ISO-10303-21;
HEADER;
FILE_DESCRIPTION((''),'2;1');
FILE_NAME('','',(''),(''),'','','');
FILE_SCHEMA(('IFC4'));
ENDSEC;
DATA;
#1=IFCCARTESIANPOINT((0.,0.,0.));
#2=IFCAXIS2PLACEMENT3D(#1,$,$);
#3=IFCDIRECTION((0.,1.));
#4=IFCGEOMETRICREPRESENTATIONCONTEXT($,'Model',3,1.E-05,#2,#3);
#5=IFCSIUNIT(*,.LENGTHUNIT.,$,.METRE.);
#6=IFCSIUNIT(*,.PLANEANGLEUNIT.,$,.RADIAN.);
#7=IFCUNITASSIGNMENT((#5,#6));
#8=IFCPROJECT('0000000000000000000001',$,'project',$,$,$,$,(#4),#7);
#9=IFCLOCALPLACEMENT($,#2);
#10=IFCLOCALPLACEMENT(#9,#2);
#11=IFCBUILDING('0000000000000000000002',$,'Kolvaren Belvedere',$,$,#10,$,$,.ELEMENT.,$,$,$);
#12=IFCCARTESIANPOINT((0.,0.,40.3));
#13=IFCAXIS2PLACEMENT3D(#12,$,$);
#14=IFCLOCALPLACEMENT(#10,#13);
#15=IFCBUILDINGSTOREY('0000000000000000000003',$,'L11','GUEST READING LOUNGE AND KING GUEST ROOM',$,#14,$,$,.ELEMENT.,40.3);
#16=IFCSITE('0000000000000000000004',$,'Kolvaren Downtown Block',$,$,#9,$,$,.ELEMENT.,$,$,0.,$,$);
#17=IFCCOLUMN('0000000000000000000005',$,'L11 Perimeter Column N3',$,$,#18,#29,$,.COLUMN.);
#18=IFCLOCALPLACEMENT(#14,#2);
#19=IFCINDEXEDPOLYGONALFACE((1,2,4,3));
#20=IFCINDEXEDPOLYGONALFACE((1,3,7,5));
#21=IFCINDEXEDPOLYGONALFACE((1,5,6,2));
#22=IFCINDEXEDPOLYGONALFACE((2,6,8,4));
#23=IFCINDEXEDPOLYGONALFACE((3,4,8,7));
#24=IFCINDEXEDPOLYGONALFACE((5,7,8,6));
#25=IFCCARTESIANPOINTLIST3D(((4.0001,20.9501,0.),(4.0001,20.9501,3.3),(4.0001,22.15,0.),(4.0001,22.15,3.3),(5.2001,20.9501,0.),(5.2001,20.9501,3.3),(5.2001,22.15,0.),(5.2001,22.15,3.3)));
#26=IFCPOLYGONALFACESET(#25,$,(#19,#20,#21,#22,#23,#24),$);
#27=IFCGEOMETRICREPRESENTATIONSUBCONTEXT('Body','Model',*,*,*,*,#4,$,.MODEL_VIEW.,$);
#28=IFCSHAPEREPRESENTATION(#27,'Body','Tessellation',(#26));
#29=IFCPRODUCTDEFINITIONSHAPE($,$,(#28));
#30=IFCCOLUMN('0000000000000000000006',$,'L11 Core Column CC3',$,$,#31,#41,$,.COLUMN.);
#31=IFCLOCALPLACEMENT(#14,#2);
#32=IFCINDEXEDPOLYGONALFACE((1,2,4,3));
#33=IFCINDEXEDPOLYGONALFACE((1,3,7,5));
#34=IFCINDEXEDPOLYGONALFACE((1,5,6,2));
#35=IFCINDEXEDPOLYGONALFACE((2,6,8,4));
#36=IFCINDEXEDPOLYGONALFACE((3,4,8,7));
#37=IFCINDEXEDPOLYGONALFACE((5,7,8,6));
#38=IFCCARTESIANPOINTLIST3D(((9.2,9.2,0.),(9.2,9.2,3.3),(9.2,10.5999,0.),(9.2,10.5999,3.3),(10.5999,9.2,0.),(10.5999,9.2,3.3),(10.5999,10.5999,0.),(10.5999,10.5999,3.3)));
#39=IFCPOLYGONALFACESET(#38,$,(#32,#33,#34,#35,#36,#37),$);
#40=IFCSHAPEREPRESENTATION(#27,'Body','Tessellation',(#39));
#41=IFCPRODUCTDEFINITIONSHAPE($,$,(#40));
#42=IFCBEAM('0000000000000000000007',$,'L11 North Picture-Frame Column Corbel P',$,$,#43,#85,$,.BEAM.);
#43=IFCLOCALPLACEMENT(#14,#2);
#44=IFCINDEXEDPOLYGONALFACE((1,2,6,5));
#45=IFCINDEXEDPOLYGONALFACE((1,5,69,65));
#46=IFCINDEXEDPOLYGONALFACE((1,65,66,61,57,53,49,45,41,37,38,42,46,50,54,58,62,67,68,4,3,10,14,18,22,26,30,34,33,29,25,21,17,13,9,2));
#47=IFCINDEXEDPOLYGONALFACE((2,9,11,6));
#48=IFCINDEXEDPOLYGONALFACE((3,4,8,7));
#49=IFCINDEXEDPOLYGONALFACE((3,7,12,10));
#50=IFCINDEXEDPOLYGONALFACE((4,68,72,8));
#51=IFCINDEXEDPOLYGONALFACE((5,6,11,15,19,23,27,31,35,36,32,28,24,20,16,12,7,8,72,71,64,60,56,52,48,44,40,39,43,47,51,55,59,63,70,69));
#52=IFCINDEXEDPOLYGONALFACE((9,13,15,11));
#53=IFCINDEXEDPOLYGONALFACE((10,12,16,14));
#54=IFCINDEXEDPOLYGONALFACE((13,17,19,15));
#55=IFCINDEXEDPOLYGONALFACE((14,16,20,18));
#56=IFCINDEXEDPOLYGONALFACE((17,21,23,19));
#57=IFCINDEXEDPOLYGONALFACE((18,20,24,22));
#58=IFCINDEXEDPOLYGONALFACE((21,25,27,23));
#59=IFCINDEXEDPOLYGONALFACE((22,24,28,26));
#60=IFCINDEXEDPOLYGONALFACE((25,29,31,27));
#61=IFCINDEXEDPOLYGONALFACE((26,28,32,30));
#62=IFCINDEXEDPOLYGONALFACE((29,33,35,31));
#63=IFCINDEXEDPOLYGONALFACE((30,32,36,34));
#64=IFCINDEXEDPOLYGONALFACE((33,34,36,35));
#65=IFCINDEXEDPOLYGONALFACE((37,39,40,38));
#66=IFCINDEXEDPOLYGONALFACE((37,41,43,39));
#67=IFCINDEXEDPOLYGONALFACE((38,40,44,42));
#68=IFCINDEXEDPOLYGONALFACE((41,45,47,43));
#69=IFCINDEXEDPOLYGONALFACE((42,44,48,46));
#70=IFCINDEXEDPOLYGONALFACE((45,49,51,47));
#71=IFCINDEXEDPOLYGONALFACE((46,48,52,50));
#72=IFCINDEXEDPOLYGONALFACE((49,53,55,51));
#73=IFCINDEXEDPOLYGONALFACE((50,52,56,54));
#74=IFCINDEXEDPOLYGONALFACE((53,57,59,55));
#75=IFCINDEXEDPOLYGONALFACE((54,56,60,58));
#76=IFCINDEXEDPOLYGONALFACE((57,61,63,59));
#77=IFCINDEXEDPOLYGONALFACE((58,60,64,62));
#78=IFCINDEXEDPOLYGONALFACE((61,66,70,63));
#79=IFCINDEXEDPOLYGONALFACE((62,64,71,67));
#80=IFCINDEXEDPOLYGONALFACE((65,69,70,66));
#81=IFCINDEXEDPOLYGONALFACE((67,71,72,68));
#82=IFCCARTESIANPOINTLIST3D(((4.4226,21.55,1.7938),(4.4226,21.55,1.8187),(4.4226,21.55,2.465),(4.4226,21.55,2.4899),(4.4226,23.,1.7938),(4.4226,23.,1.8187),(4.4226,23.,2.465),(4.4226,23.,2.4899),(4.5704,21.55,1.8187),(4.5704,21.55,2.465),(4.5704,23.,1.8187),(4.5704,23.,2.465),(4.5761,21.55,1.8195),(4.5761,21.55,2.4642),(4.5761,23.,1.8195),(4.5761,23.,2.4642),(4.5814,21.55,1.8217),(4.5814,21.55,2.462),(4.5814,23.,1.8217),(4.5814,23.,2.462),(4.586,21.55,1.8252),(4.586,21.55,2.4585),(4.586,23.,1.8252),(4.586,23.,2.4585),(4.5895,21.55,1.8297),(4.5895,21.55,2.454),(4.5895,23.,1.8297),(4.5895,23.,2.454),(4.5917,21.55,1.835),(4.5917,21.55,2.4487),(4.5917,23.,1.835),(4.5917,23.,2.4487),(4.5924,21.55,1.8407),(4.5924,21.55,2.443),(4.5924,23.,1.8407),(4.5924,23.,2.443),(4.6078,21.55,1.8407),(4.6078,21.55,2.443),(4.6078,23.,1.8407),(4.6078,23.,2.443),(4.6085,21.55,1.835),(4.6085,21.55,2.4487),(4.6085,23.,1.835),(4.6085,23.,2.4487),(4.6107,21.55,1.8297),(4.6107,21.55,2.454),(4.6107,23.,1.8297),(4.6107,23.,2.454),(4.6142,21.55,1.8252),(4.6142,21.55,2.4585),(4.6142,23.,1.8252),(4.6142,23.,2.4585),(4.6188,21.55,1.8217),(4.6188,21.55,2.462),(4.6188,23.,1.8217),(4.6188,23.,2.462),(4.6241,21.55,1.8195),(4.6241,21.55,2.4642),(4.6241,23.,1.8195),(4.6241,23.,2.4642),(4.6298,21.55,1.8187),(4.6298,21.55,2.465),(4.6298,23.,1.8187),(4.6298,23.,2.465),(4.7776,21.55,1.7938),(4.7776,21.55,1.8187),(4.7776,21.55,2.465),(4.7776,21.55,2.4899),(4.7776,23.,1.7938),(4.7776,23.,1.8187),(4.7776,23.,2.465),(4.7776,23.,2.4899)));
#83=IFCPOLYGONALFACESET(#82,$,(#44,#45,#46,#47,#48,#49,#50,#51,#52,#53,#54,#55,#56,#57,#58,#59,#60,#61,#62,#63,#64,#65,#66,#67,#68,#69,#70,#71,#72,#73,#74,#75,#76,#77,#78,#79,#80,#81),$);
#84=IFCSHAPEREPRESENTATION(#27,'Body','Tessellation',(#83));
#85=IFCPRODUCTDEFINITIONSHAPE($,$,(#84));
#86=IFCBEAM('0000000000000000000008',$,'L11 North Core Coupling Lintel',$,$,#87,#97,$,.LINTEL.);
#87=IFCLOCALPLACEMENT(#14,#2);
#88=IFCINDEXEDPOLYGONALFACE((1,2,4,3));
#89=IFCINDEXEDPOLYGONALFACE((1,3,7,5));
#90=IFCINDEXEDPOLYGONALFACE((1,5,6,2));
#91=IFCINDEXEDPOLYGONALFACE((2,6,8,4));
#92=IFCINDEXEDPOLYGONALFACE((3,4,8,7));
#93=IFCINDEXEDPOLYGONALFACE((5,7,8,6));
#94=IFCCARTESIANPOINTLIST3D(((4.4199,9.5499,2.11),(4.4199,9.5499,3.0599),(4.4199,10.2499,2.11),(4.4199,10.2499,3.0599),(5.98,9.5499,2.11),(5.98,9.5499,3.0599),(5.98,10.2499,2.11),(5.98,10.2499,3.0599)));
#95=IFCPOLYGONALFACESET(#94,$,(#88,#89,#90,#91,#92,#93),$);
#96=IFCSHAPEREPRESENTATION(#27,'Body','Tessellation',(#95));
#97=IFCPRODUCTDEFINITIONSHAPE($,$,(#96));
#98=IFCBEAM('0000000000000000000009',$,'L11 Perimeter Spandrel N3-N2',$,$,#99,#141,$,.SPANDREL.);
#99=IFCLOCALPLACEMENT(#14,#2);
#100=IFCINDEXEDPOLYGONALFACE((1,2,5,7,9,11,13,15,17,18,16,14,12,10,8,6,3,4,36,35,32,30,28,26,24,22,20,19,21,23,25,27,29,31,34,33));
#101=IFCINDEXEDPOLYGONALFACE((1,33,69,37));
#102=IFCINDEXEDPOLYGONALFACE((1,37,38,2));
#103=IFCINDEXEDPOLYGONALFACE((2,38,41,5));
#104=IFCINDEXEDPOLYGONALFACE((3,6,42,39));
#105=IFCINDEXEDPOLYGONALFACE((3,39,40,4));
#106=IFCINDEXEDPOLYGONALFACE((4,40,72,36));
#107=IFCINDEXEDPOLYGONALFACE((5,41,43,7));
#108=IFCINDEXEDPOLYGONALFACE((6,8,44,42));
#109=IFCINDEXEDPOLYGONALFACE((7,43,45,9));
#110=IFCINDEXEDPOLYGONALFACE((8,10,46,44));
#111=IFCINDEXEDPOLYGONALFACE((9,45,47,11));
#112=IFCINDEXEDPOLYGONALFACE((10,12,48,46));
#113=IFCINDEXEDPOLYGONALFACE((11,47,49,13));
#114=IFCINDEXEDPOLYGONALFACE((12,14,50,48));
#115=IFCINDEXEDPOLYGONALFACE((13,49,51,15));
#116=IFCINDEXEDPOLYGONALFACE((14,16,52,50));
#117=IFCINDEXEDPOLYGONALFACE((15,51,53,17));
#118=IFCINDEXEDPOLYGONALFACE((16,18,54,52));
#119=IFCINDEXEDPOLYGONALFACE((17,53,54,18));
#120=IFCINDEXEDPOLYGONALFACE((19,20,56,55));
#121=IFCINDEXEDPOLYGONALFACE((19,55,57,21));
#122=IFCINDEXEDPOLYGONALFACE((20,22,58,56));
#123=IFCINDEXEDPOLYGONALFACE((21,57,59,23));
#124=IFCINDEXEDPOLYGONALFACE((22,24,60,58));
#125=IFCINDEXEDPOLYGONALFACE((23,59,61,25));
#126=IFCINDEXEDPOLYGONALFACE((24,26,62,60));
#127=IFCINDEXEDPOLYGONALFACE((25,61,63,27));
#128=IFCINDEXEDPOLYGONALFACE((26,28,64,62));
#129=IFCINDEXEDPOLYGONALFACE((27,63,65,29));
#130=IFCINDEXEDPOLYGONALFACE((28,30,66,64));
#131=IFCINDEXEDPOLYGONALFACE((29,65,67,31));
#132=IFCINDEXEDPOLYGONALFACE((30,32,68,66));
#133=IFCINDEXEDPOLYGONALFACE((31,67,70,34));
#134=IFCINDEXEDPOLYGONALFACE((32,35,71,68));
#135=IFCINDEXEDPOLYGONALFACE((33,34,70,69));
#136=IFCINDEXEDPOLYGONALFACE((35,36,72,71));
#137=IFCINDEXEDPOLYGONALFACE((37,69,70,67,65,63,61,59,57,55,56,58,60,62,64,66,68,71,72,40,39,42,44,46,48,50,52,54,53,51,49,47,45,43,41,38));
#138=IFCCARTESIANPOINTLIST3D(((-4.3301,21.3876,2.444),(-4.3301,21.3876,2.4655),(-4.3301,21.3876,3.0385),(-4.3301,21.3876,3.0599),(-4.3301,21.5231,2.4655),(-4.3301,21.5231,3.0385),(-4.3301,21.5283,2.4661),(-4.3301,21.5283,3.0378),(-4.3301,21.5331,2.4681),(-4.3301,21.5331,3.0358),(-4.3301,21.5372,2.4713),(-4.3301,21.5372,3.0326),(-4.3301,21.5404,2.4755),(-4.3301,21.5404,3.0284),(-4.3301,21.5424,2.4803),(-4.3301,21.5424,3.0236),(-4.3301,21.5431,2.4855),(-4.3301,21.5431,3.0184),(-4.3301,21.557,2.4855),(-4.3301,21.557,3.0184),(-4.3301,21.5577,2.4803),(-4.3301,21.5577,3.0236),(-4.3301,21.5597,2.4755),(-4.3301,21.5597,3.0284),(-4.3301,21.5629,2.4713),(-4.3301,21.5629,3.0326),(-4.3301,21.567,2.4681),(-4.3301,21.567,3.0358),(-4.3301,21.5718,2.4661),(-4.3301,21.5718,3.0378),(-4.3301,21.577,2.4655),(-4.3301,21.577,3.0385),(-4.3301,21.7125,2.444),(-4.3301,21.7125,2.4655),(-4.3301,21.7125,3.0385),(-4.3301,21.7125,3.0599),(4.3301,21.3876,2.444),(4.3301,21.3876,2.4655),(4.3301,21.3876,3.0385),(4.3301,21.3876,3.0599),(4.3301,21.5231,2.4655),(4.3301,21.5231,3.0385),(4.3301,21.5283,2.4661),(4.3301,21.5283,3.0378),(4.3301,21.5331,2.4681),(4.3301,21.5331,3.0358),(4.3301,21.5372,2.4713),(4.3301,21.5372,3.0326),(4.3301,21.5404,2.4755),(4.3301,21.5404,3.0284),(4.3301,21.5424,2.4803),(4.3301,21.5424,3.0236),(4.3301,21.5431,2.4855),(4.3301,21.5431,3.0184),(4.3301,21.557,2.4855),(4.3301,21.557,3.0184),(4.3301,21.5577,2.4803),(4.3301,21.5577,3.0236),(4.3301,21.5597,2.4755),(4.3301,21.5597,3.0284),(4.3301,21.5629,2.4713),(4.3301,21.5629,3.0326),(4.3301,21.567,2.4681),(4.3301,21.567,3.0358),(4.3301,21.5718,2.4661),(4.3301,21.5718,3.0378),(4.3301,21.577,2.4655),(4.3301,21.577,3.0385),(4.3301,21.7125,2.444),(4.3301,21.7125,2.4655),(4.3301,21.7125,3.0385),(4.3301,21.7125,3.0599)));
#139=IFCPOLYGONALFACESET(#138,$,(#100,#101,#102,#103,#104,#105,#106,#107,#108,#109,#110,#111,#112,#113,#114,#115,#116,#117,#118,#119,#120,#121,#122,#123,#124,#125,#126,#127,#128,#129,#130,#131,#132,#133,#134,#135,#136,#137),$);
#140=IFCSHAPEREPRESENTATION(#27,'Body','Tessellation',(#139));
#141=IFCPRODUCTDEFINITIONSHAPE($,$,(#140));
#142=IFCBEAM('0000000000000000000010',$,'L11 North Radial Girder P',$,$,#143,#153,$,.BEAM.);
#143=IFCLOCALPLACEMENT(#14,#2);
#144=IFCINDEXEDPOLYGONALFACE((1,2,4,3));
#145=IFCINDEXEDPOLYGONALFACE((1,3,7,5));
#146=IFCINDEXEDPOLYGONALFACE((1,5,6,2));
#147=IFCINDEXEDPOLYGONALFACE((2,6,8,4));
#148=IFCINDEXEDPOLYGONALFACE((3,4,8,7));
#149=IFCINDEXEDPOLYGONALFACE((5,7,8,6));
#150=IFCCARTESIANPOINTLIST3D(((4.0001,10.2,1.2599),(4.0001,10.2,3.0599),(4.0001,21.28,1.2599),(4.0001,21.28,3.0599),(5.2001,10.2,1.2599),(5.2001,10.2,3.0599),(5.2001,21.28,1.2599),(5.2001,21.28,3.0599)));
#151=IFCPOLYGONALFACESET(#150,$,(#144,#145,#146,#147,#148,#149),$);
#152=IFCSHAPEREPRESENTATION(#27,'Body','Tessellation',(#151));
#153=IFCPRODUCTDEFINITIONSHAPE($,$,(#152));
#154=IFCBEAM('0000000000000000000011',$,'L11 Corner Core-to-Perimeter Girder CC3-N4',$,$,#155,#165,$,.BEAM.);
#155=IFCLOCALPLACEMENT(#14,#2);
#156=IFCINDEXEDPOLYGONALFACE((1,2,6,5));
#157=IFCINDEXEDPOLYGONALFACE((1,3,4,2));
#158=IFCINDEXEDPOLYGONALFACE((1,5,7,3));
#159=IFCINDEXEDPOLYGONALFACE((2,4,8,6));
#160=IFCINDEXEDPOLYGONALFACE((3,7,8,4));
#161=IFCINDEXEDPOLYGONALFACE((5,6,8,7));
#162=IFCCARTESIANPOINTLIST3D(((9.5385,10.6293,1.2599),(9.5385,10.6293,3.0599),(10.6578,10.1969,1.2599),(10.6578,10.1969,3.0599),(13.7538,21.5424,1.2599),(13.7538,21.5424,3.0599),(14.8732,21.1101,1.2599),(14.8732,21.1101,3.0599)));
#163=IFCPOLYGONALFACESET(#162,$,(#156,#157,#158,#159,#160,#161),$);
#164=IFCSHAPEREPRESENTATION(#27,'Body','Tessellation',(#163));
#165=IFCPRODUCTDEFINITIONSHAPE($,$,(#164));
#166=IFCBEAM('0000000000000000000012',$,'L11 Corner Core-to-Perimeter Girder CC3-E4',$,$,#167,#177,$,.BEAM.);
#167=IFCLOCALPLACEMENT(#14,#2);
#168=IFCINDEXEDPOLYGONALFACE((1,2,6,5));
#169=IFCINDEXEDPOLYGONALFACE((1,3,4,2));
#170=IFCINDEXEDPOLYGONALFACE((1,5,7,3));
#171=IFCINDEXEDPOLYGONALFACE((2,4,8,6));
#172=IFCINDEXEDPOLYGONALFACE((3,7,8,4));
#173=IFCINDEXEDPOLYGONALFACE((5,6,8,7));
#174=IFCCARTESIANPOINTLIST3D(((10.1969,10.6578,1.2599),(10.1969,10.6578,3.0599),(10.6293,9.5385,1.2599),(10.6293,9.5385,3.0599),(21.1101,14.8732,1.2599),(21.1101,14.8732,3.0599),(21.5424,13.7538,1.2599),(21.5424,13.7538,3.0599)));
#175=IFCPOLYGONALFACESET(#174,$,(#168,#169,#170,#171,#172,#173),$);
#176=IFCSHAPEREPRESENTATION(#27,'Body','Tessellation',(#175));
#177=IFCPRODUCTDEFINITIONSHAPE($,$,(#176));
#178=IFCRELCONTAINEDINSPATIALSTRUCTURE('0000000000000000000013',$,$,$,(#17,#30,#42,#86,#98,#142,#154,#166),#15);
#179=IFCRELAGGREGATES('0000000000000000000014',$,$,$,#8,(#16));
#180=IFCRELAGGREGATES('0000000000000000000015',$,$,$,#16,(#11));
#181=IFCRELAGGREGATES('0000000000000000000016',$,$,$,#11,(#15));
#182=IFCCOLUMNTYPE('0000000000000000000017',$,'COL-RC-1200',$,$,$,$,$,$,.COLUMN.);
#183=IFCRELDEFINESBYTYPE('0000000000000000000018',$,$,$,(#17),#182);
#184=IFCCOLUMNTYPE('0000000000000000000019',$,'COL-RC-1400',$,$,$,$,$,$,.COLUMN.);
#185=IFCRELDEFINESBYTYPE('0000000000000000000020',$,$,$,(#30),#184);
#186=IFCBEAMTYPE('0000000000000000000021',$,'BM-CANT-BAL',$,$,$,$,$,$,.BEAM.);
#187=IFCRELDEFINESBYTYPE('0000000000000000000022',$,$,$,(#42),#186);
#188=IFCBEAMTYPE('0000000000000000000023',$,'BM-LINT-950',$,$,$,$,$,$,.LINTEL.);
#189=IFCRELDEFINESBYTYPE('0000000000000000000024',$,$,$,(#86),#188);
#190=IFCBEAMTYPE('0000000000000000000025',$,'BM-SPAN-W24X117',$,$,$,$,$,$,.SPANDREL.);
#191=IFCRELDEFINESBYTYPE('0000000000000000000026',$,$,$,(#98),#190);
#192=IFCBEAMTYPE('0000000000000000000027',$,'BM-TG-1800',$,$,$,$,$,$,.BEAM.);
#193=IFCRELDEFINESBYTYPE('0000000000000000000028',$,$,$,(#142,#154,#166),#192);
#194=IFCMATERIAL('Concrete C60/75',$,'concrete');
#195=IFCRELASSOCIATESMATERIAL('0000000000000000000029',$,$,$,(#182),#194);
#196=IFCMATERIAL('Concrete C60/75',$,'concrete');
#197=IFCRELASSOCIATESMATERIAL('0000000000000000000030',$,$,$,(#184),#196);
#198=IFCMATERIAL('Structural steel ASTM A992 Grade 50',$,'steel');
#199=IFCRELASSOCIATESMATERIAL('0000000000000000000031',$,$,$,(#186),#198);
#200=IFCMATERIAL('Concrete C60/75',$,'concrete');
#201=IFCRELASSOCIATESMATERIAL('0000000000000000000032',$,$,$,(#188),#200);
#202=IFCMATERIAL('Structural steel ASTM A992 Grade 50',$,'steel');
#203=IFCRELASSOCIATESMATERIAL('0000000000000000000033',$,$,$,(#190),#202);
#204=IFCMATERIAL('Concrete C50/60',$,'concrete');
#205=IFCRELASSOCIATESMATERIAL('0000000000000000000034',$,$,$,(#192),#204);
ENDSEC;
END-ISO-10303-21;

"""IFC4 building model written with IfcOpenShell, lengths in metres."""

from ifc_helpers import new_model, si_unit, direction, frame, origin, origin_2d, place, context, subcontext, project, spatial, rectangle, i_section, extrude, material, material_profile, profile_set, type_object, element, save


model = new_model("IFC4")

# Units and contexts
model_context = context("Model", 3, precision=1e-05, world=origin(), true_north=direction((0.0, 1.0)))
body_context = subcontext(model_context, "Body", "Model", "MODEL_VIEW")
ifc_project = project(units=[si_unit("LENGTHUNIT", "METRE"), si_unit("PLANEANGLEUNIT", "RADIAN")], contexts=[model_context])

# Site, building, storey
site_placement = place(None, origin())
site = spatial("IfcSite", under=ifc_project, at=site_placement, Name="Kolvaren Downtown Block", CompositionType="ELEMENT", RefElevation=0.0)
building_placement = place(site_placement, origin())
building = spatial("IfcBuilding", under=site, at=building_placement, Name="Kolvaren Belvedere", CompositionType="ELEMENT")
storey_placement = place(building_placement, frame((0.0, 0.0, 40.3)))
storey = spatial("IfcBuildingStorey", under=building, at=storey_placement, Name="L11", Description="GUEST READING LOUNGE AND KING GUEST ROOM", CompositionType="ELEMENT", Elevation=40.3)

# Columns
ifc_material_1 = material(Name="Concrete C60/75", Category="concrete")
ifc_material_profile_1 = material_profile(ifc_material_1, rectangle(XDim=1.2, YDim=1.2, at=origin_2d()), Name="RC 1200X1200")
ifc_profile_set_1 = profile_set([ifc_material_profile_1], Name="Concrete C60/75")
column_type_1 = type_object("IfcColumnType", Name="COL-RC-1200", PredefinedType="COLUMN", material=ifc_profile_set_1)
column_1_placement = place(storey_placement, frame((4.6001, 21.55, 0.0), z_axis=(0.0, 0.0, 1.0), x_axis=(1.0, 0.0, 0.0)))
element("IfcColumn", 1, at=column_1_placement, inside=storey, type_object=column_type_1, Name="L11 Perimeter Column N3", PredefinedType="COLUMN", context=body_context, shape_type="SweptSolid", body=[
    extrude(rectangle(XDim=1.2, YDim=1.2, at=origin_2d()), origin(), (0.0, 0.0, 1.0), 3.3),
])
ifc_material_2 = material(Name="Concrete C60/75", Category="concrete")
ifc_material_profile_2 = material_profile(ifc_material_2, rectangle(XDim=1.3999, YDim=1.3999, at=origin_2d()), Name="RC 1400X1400")
ifc_profile_set_2 = profile_set([ifc_material_profile_2], Name="Concrete C60/75")
column_type_2 = type_object("IfcColumnType", Name="COL-RC-1400", PredefinedType="COLUMN", material=ifc_profile_set_2)
column_2_placement = place(storey_placement, frame((9.8999, 9.8999, 0.0), z_axis=(0.0, 0.0, 1.0), x_axis=(1.0, 0.0, 0.0)))
element("IfcColumn", 2, at=column_2_placement, inside=storey, type_object=column_type_2, Name="L11 Core Column CC3", PredefinedType="COLUMN", context=body_context, shape_type="SweptSolid", body=[
    extrude(rectangle(XDim=1.3999, YDim=1.3999, at=origin_2d()), origin(), (0.0, 0.0, 1.0), 3.3),
])

# Beams
ifc_material_3 = material(Name="Structural steel ASTM A992 Grade 50", Category="steel")
ifc_material_profile_3 = material_profile(ifc_material_3, i_section(OverallWidth=0.355, OverallDepth=0.696, WebThickness=0.0154, FlangeThickness=0.0249, FilletRadius=0.022, at=origin_2d()), Name="W27X146")
ifc_profile_set_3 = profile_set([ifc_material_profile_3], Name="Structural steel ASTM A992 Grade 50")
beam_type_1 = type_object("IfcBeamType", Name="BM-CANT-BAL", PredefinedType="BEAM", material=ifc_profile_set_3)
beam_1_placement = place(storey_placement, frame((4.6001, 21.55, 2.1418), z_axis=(0.0, 1.0, 0.0), x_axis=(-1.0, 0.0, 0.0)))
element("IfcBeam", 3, at=beam_1_placement, inside=storey, type_object=beam_type_1, Name="L11 North Picture-Frame Column Corbel P", PredefinedType="BEAM", context=body_context, shape_type="SweptSolid", body=[
    extrude(i_section(OverallWidth=0.355, OverallDepth=0.696, WebThickness=0.0154, FlangeThickness=0.0249, FilletRadius=0.022, at=origin_2d()), origin(), (0.0, 0.0, 1.0), 1.45),
])
ifc_material_4 = material(Name="Concrete C60/75", Category="concrete")
ifc_material_profile_4 = material_profile(ifc_material_4, rectangle(XDim=0.7, YDim=0.95, at=origin_2d()), Name="RC 700X950")
ifc_profile_set_4 = profile_set([ifc_material_profile_4], Name="Concrete C60/75")
beam_type_2 = type_object("IfcBeamType", Name="BM-LINT-950", PredefinedType="LINTEL", material=ifc_profile_set_4)
beam_2_placement = place(storey_placement, frame((4.4199, 9.8999, 2.585), z_axis=(1.0, 0.0, 0.0), x_axis=(0.0, 1.0, 0.0)))
element("IfcBeam", 4, at=beam_2_placement, inside=storey, type_object=beam_type_2, Name="L11 North Core Coupling Lintel", PredefinedType="LINTEL", context=body_context, shape_type="SweptSolid", body=[
    extrude(rectangle(XDim=0.7, YDim=0.95, at=origin_2d()), origin(), (0.0, 0.0, 1.0), 1.5601),
])
ifc_material_5 = material(Name="Structural steel ASTM A992 Grade 50", Category="steel")
ifc_material_profile_5 = material_profile(ifc_material_5, i_section(OverallWidth=0.325, OverallDepth=0.616, WebThickness=0.0139, FlangeThickness=0.0215, FilletRadius=0.02, at=origin_2d()), Name="W24X117")
ifc_profile_set_5 = profile_set([ifc_material_profile_5], Name="Structural steel ASTM A992 Grade 50")
beam_type_3 = type_object("IfcBeamType", Name="BM-SPAN-W24X117", PredefinedType="SPANDREL", material=ifc_profile_set_5)
beam_3_placement = place(storey_placement, frame((4.3301, 21.55, 2.752), z_axis=(-1.0, 0.0, 0.0), x_axis=(0.0, -1.0, 0.0)))
element("IfcBeam", 5, at=beam_3_placement, inside=storey, type_object=beam_type_3, Name="L11 Perimeter Spandrel N3-N2", PredefinedType="SPANDREL", context=body_context, shape_type="SweptSolid", body=[
    extrude(i_section(OverallWidth=0.325, OverallDepth=0.616, WebThickness=0.0139, FlangeThickness=0.0215, FilletRadius=0.02, at=origin_2d()), origin(), (0.0, 0.0, 1.0), 8.6602),
])
ifc_material_6 = material(Name="Concrete C50/60", Category="concrete")
ifc_material_profile_6 = material_profile(ifc_material_6, rectangle(XDim=1.2, YDim=1.8, at=origin_2d()), Name="RC 1200X1800")
ifc_profile_set_6 = profile_set([ifc_material_profile_6], Name="Concrete C50/60")
beam_type_4 = type_object("IfcBeamType", Name="BM-TG-1800", PredefinedType="BEAM", material=ifc_profile_set_6)
beam_4_placement = place(storey_placement, frame((4.6001, 10.2, 2.1599), z_axis=(0.0, 1.0, 0.0), x_axis=(-1.0, 0.0, 0.0)))
element("IfcBeam", 6, at=beam_4_placement, inside=storey, type_object=beam_type_4, Name="L11 North Radial Girder P", PredefinedType="BEAM", context=body_context, shape_type="SweptSolid", body=[
    extrude(rectangle(XDim=1.2, YDim=1.8, at=origin_2d()), origin(), (0.0, 0.0, 1.0), 11.0801),
])
for number, where, z_axis, x_axis, name in (
    (7, (10.0981, 10.4131, 2.1599), (0.360318, 0.932829, 0.0), (-0.932829, 0.360318, 0.0), "L11 Corner Core-to-Perimeter Girder CC3-N4"),
    (8, (10.4131, 10.0981, 2.1599), (0.932829, 0.360318, 0.0), (-0.360318, 0.932829, 0.0), "L11 Corner Core-to-Perimeter Girder CC3-E4"),
):
    element("IfcBeam", number, at=place(storey_placement, frame(where, z_axis=z_axis, x_axis=x_axis)), inside=storey, type_object=beam_type_4, Name=name, PredefinedType="BEAM", context=body_context, shape_type="SweptSolid", body=[
        extrude(rectangle(XDim=1.2, YDim=1.8, at=origin_2d()), origin(), (0.0, 0.0, 1.0), 11.699),
    ])

save(model, "model.ifc")
